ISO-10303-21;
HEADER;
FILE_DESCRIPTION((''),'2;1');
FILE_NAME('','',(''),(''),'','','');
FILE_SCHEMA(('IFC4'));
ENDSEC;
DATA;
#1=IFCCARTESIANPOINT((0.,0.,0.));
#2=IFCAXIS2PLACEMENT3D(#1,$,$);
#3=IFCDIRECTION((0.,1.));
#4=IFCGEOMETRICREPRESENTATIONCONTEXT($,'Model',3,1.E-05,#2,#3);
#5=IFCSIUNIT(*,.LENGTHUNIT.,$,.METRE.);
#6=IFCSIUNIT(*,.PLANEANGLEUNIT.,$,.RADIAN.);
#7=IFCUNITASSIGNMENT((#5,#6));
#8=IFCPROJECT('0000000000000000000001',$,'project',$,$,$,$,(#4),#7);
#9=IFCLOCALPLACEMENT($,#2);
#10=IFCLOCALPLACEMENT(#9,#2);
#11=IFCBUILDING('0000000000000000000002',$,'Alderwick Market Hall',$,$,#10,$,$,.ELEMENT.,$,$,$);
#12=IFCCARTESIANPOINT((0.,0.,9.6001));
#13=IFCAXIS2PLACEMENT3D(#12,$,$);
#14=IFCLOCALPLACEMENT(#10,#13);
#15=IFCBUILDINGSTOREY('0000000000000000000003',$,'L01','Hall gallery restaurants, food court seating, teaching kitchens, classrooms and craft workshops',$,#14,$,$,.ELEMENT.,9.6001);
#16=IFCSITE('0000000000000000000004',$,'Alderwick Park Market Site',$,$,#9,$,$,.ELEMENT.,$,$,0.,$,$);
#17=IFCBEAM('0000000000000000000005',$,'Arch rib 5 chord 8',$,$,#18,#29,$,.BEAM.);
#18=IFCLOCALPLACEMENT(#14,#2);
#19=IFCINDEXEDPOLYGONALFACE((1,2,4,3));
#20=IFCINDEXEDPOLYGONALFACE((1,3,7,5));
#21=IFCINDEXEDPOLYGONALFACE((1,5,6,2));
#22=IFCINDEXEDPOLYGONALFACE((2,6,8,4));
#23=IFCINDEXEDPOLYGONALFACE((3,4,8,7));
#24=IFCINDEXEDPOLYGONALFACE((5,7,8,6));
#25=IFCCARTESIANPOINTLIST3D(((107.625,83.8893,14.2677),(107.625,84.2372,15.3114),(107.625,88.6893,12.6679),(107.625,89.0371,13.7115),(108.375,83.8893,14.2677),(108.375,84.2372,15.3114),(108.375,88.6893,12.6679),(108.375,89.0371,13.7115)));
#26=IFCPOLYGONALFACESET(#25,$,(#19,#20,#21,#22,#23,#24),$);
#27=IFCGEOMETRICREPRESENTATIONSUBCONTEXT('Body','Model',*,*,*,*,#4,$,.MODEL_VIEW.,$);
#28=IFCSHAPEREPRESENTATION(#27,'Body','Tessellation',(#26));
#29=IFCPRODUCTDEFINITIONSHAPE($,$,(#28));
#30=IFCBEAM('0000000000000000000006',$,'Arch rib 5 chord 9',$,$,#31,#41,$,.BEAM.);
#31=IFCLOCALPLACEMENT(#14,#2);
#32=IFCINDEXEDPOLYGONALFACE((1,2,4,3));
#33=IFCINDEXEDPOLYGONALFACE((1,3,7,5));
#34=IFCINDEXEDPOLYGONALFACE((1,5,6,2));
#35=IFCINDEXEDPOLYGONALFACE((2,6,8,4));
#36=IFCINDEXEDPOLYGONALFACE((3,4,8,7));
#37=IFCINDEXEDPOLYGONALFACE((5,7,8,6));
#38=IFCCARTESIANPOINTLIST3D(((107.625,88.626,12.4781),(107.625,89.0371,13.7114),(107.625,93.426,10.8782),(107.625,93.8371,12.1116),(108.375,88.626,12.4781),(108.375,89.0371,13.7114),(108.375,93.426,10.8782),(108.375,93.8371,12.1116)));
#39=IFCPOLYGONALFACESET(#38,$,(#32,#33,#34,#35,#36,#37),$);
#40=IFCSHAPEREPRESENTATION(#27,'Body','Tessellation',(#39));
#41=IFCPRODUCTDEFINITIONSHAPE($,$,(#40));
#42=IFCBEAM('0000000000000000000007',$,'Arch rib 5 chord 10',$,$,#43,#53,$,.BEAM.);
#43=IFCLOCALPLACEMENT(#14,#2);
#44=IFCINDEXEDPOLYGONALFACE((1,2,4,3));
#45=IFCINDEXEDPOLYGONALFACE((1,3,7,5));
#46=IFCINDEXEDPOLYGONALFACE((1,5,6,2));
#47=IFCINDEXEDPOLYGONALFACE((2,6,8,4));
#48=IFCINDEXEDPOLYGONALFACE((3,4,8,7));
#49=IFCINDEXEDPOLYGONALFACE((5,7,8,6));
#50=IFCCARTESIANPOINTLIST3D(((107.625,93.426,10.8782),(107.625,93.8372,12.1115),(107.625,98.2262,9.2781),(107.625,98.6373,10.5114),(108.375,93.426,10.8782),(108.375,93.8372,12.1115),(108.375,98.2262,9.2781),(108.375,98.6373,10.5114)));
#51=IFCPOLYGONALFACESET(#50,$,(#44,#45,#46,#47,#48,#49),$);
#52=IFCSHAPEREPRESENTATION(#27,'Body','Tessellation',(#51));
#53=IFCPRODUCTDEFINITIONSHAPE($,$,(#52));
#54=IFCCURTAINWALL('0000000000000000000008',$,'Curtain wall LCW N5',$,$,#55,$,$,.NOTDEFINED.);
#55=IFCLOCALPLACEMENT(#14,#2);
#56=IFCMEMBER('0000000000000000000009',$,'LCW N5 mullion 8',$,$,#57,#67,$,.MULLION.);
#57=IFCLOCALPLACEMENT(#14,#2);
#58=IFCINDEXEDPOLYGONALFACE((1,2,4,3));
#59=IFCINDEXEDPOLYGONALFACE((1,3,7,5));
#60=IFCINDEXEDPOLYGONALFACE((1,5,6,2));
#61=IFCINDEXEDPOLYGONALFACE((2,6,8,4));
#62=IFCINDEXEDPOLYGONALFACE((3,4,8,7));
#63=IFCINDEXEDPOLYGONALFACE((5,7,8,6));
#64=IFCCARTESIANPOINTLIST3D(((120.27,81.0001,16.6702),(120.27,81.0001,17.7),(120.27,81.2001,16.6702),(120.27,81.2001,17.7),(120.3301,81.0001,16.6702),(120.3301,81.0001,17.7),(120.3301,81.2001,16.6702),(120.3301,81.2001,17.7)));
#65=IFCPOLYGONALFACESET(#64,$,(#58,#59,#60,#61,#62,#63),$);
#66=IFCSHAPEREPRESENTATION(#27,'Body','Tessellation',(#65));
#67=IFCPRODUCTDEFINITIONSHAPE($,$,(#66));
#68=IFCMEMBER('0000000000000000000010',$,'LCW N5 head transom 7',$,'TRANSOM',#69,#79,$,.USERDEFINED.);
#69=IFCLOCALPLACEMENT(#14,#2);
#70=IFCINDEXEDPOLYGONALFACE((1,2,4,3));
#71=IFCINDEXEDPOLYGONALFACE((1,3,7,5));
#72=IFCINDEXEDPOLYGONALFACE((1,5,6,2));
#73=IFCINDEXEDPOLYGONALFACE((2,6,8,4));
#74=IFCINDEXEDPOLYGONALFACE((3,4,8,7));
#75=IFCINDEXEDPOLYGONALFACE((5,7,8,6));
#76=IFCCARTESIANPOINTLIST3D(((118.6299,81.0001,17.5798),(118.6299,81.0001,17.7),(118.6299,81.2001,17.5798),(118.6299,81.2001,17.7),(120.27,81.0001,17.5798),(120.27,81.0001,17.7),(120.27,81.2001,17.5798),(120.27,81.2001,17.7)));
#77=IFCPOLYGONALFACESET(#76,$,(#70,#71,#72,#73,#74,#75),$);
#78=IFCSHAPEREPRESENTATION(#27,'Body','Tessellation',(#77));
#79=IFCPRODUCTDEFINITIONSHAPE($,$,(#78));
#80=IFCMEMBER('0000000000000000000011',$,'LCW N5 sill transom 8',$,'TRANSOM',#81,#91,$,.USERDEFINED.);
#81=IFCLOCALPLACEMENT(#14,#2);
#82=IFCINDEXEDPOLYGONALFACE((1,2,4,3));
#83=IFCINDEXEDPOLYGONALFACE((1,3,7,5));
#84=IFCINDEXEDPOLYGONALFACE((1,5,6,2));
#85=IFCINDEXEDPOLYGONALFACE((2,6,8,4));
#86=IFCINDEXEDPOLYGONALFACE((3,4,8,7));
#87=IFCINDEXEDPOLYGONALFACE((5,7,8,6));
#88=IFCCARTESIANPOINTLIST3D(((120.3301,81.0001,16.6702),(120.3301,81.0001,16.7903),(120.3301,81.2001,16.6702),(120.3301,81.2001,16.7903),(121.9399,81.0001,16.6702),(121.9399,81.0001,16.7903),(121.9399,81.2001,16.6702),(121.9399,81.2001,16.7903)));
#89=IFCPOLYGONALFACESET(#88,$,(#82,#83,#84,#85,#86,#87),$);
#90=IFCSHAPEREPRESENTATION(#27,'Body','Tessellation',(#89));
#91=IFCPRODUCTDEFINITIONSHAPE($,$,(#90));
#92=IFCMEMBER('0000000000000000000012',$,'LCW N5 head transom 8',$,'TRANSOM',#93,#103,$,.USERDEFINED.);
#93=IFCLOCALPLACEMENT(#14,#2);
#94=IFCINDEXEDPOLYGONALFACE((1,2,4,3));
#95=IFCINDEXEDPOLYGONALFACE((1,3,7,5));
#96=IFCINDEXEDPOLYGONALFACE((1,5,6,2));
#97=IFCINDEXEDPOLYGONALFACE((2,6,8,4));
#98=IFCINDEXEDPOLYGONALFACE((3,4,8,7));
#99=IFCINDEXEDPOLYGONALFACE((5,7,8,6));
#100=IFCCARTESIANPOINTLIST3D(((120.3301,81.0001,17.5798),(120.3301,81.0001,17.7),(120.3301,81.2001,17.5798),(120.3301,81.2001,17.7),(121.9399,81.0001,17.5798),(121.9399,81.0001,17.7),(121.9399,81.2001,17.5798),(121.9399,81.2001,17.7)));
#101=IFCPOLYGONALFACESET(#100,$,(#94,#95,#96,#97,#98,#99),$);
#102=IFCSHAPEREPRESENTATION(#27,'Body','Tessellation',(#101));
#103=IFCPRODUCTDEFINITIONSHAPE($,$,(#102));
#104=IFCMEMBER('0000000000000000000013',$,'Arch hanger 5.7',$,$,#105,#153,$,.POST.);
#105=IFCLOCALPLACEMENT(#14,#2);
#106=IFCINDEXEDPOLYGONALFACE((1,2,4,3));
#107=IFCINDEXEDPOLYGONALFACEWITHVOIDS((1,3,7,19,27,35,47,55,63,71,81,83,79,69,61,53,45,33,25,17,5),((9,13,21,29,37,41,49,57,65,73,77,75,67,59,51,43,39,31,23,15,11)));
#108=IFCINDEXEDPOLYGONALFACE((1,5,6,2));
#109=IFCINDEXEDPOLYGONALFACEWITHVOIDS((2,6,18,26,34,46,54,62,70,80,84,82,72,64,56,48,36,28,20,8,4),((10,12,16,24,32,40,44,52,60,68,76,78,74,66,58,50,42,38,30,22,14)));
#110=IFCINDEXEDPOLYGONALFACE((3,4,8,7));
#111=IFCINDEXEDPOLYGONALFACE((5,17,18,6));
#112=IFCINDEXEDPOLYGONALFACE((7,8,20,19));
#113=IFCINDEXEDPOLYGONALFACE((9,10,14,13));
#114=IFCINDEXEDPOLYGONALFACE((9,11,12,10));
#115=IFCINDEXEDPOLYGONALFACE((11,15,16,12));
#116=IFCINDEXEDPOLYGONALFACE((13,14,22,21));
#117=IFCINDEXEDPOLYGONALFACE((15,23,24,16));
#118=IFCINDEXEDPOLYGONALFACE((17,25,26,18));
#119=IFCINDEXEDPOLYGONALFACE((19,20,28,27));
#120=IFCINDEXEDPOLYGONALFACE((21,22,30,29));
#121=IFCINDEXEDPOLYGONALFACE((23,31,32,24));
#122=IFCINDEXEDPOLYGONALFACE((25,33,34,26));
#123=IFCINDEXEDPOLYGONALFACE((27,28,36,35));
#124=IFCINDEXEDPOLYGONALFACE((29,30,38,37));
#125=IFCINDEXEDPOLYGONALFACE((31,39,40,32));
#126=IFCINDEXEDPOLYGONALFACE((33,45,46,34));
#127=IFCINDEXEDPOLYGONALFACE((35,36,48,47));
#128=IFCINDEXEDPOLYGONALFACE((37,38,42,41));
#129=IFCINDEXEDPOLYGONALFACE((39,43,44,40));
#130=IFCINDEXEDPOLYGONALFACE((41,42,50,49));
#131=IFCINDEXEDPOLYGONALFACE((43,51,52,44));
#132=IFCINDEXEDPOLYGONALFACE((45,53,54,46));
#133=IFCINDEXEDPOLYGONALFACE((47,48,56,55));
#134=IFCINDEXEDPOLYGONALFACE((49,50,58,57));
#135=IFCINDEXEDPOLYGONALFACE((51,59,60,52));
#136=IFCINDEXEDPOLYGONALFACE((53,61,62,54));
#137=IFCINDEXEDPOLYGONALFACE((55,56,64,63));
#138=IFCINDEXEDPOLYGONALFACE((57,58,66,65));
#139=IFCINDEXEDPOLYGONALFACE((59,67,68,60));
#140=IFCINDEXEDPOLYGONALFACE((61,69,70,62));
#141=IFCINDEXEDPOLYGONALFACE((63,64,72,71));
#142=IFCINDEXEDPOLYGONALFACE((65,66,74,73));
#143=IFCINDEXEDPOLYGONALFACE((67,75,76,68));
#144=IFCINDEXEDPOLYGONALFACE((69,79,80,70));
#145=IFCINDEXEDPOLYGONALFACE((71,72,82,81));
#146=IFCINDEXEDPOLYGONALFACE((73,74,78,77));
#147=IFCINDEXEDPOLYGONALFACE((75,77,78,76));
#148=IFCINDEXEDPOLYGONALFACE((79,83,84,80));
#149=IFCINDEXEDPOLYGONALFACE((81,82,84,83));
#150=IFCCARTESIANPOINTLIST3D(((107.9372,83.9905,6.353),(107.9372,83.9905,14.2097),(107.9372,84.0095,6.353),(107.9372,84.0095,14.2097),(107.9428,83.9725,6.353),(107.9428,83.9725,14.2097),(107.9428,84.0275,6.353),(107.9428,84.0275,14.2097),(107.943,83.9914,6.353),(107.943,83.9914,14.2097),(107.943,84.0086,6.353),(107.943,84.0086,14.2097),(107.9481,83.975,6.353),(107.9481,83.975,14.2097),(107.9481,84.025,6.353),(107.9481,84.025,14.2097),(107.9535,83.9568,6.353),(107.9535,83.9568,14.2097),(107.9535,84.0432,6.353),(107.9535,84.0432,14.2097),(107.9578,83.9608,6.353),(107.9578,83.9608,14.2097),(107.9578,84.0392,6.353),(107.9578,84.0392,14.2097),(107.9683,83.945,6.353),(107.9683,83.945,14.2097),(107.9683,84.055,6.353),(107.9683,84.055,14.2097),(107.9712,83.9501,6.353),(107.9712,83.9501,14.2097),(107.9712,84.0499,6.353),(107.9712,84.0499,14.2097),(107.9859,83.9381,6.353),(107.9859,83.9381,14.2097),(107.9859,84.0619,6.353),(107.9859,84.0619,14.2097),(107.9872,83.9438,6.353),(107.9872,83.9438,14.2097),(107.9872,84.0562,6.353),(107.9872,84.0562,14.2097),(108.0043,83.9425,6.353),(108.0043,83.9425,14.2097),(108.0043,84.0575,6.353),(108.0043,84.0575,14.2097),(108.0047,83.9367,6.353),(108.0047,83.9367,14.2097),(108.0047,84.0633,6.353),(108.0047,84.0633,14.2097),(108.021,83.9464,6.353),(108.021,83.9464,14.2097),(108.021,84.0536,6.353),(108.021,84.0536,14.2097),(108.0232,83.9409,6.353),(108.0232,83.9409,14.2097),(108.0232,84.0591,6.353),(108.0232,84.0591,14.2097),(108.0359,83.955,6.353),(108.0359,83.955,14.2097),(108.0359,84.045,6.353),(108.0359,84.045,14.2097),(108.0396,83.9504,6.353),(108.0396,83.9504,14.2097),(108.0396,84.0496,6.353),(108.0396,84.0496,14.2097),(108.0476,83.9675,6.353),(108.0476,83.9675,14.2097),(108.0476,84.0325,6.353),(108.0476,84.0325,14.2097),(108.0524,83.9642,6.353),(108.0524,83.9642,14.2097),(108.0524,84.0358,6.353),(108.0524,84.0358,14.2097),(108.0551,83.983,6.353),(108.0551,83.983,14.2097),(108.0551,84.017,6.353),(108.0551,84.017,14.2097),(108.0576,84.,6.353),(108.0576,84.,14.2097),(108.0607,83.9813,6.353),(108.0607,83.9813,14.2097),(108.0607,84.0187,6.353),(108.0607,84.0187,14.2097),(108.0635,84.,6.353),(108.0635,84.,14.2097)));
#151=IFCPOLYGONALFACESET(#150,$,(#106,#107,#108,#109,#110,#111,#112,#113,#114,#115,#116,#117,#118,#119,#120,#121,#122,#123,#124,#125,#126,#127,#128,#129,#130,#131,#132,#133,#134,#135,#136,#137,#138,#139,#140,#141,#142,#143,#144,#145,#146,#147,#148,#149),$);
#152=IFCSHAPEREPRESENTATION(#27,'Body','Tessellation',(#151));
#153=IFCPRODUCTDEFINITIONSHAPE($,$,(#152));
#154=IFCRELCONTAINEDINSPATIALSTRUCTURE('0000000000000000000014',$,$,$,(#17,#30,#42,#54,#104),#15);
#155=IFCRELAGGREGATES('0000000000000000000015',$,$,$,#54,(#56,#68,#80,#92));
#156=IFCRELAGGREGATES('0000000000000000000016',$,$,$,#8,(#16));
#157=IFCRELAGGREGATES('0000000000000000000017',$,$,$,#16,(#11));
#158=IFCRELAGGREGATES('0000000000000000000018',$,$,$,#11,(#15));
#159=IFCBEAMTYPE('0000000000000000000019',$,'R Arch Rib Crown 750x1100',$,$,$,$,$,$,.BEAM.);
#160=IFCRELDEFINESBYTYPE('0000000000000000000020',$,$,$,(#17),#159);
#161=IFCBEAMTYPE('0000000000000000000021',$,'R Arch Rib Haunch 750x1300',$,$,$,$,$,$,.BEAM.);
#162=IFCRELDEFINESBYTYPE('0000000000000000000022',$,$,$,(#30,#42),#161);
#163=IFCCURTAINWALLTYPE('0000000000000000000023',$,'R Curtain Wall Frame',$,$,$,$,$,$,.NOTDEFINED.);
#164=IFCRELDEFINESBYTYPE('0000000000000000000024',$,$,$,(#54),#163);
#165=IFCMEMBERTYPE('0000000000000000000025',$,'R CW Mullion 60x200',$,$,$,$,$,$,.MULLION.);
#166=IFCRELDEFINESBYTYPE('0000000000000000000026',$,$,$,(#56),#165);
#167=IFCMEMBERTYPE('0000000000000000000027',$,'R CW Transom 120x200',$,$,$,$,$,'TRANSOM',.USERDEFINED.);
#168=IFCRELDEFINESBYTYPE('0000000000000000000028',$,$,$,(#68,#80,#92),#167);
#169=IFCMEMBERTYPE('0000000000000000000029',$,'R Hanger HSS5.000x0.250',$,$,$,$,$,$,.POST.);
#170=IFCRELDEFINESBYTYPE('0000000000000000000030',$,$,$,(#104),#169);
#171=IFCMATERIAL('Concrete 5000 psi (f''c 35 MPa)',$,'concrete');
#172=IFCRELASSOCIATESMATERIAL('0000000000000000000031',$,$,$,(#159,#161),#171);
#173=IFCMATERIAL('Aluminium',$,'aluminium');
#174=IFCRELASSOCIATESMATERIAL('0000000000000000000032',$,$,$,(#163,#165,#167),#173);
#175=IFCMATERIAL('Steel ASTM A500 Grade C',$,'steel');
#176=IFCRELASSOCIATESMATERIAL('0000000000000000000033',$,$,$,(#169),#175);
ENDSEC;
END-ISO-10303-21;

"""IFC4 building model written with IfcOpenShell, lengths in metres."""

from ifc_helpers import new_model, si_unit, direction, frame, origin, origin_2d, place, context, subcontext, project, spatial, rectangle, hollow_circle, extrude, material, material_profile, profile_set, type_object, element, aggregate, save


model = new_model("IFC4")

# Units and contexts
model_context = context("Model", 3, precision=1e-05, world=origin(), true_north=direction((0.0, 1.0)))
body_context = subcontext(model_context, "Body", "Model", "MODEL_VIEW")
ifc_project = project(units=[si_unit("LENGTHUNIT", "METRE"), si_unit("PLANEANGLEUNIT", "RADIAN")], contexts=[model_context])

# Site, building, storey
site_placement = place(None, origin())
site = spatial("IfcSite", under=ifc_project, at=site_placement, Name="Alderwick Park Market Site", CompositionType="ELEMENT", RefElevation=0.0)
building_placement = place(site_placement, origin())
building = spatial("IfcBuilding", under=site, at=building_placement, Name="Alderwick Market Hall", CompositionType="ELEMENT")
storey_placement = place(building_placement, frame((0.0, 0.0, 9.6001)))
storey = spatial("IfcBuildingStorey", under=building, at=storey_placement, Name="L01", Description="Hall gallery restaurants, food court seating, teaching kitchens, classrooms and craft workshops", CompositionType="ELEMENT", Elevation=9.6001)

# Beams
ifc_material_1 = material(Name="Concrete 5000 psi (f'c 35 MPa)", Category="concrete")
ifc_material_profile_1 = material_profile(ifc_material_1, rectangle(XDim=0.75, YDim=1.1001, at=origin_2d()), Name="RC 750x1100")
ifc_profile_set_1 = profile_set([ifc_material_profile_1], Name="Concrete 5000 psi (f'c 35 MPa)")
beam_type_1 = type_object("IfcBeamType", Name="R Arch Rib Crown 750x1100", PredefinedType="BEAM", material=ifc_profile_set_1)
beam_1_placement = place(storey_placement, frame((108.0, 84.0632, 14.7896), z_axis=(0.0, 0.948693, -0.316199), x_axis=(-1.0, 0.0, 0.0)))
element("IfcBeam", 1, at=beam_1_placement, inside=storey, type_object=beam_type_1, Name="Arch rib 5 chord 8", PredefinedType="BEAM", context=body_context, shape_type="SweptSolid", body=[
    extrude(rectangle(XDim=0.75, YDim=1.1001, at=origin_2d()), origin(), (0.0, 0.0, 1.0), 5.0596),
])
ifc_material_profile_2 = material_profile(ifc_material_1, rectangle(XDim=0.75, YDim=1.3, at=origin_2d()), Name="RC 750x1300")
ifc_profile_set_2 = profile_set([ifc_material_profile_2], Name="Concrete 5000 psi (f'c 35 MPa)")
beam_type_2 = type_object("IfcBeamType", Name="R Arch Rib Haunch 750x1300", PredefinedType="BEAM", material=ifc_profile_set_2)
beam_2_placement = place(storey_placement, frame((108.0, 88.8315, 13.0947), z_axis=(0.0, 0.948693, -0.316199), x_axis=(-1.0, 0.0, 0.0)))
element("IfcBeam", 2, at=beam_2_placement, inside=storey, type_object=beam_type_2, Name="Arch rib 5 chord 9", PredefinedType="BEAM", context=body_context, shape_type="SweptSolid", body=[
    extrude(rectangle(XDim=0.75, YDim=1.3, at=origin_2d()), origin(), (0.0, 0.0, 1.0), 5.0596),
])
beam_3_placement = place(storey_placement, frame((108.0, 93.6316, 11.4949), z_axis=(0.0, 0.948678, -0.316242), x_axis=(-1.0, 0.0, 0.0)))
element("IfcBeam", 3, at=beam_3_placement, inside=storey, type_object=beam_type_2, Name="Arch rib 5 chord 10", PredefinedType="BEAM", context=body_context, shape_type="SweptSolid", body=[
    extrude(rectangle(XDim=0.75, YDim=1.3, at=origin_2d()), origin(), (0.0, 0.0, 1.0), 5.0598),
])

# Curtain wall, members
ifc_material_2 = material(Name="Aluminium", Category="aluminium")
curtain_wall_type = type_object("IfcCurtainWallType", Name="R Curtain Wall Frame", PredefinedType="NOTDEFINED", material=ifc_material_2)
curtain_wall_placement = place(storey_placement, origin())
curtain_wall = element("IfcCurtainWall", 4, at=curtain_wall_placement, inside=storey, type_object=curtain_wall_type, Name="Curtain wall LCW N5", PredefinedType="NOTDEFINED")
ifc_material_profile_3 = material_profile(ifc_material_2, rectangle(XDim=0.2, YDim=0.0601, at=origin_2d()), Name="AL 60x200")
ifc_profile_set_3 = profile_set([ifc_material_profile_3], Name="Aluminium")
member_type_1 = type_object("IfcMemberType", Name="R CW Mullion 60x200", PredefinedType="MULLION", material=ifc_profile_set_3)
member_1_placement = place(storey_placement, frame((120.3, 81.1001, 16.6702), z_axis=(0.0, 0.0, 1.0), x_axis=(0.0, 1.0, 0.0)))
member_1 = element("IfcMember", 5, at=member_1_placement, type_object=member_type_1, Name="LCW N5 mullion 8", PredefinedType="MULLION", context=body_context, shape_type="SweptSolid", body=[
    extrude(rectangle(XDim=0.2, YDim=0.0601, at=origin_2d()), origin(), (0.0, 0.0, 1.0), 1.0298),
])
ifc_material_profile_4 = material_profile(ifc_material_2, rectangle(XDim=0.2, YDim=0.1201, at=origin_2d()), Name="AL 120x200")
ifc_profile_set_4 = profile_set([ifc_material_profile_4], Name="Aluminium")
member_type_2 = type_object("IfcMemberType", Name="R CW Transom 120x200", ElementType="TRANSOM", PredefinedType="USERDEFINED", material=ifc_profile_set_4)
member_2_placement = place(storey_placement, frame((118.6299, 81.1001, 17.6399), z_axis=(1.0, 0.0, 0.0), x_axis=(0.0, 1.0, 0.0)))
member_2 = element("IfcMember", 6, at=member_2_placement, type_object=member_type_2, Name="LCW N5 head transom 7", ObjectType="TRANSOM", PredefinedType="USERDEFINED", context=body_context, shape_type="SweptSolid", body=[
    extrude(rectangle(XDim=0.2, YDim=0.1201, at=origin_2d()), origin(), (0.0, 0.0, 1.0), 1.6401),
])
member_3_placement = place(storey_placement, frame((120.3301, 81.1001, 16.7302), z_axis=(1.0, 0.0, 0.0), x_axis=(0.0, 1.0, 0.0)))
member_3 = element("IfcMember", 7, at=member_3_placement, type_object=member_type_2, Name="LCW N5 sill transom 8", ObjectType="TRANSOM", PredefinedType="USERDEFINED", context=body_context, shape_type="SweptSolid", body=[
    extrude(rectangle(XDim=0.2, YDim=0.1201, at=origin_2d()), origin(), (0.0, 0.0, 1.0), 1.6099),
])
member_4_placement = place(storey_placement, frame((120.3301, 81.1001, 17.6399), z_axis=(1.0, 0.0, 0.0), x_axis=(0.0, 1.0, 0.0)))
member_4 = element("IfcMember", 8, at=member_4_placement, type_object=member_type_2, Name="LCW N5 head transom 8", ObjectType="TRANSOM", PredefinedType="USERDEFINED", context=body_context, shape_type="SweptSolid", body=[
    extrude(rectangle(XDim=0.2, YDim=0.1201, at=origin_2d()), origin(), (0.0, 0.0, 1.0), 1.6099),
])

# Member
ifc_material_3 = material(Name="Steel ASTM A500 Grade C", Category="steel")
ifc_material_profile_5 = material_profile(ifc_material_3, hollow_circle(Radius=0.0635, WallThickness=0.0059, at=origin_2d()), Name="HSS5.000x0.250")
ifc_profile_set_5 = profile_set([ifc_material_profile_5], Name="Steel ASTM A500 Grade C")
member_type_3 = type_object("IfcMemberType", Name="R Hanger HSS5.000x0.250", PredefinedType="POST", material=ifc_profile_set_5)
member_5_placement = place(storey_placement, frame((108.0, 84.0, 6.353), z_axis=(0.0, 0.0, 1.0), x_axis=(1.0, 0.0, 0.0)))
element("IfcMember", 9, at=member_5_placement, inside=storey, type_object=member_type_3, Name="Arch hanger 5.7", PredefinedType="POST", context=body_context, shape_type="SweptSolid", body=[
    extrude(hollow_circle(Radius=0.0635, WallThickness=0.0059, at=origin_2d()), origin(), (0.0, 0.0, 1.0), 7.8567),
])

aggregate(curtain_wall, [member_1, member_2, member_3, member_4])

save(model, "model.ifc")
